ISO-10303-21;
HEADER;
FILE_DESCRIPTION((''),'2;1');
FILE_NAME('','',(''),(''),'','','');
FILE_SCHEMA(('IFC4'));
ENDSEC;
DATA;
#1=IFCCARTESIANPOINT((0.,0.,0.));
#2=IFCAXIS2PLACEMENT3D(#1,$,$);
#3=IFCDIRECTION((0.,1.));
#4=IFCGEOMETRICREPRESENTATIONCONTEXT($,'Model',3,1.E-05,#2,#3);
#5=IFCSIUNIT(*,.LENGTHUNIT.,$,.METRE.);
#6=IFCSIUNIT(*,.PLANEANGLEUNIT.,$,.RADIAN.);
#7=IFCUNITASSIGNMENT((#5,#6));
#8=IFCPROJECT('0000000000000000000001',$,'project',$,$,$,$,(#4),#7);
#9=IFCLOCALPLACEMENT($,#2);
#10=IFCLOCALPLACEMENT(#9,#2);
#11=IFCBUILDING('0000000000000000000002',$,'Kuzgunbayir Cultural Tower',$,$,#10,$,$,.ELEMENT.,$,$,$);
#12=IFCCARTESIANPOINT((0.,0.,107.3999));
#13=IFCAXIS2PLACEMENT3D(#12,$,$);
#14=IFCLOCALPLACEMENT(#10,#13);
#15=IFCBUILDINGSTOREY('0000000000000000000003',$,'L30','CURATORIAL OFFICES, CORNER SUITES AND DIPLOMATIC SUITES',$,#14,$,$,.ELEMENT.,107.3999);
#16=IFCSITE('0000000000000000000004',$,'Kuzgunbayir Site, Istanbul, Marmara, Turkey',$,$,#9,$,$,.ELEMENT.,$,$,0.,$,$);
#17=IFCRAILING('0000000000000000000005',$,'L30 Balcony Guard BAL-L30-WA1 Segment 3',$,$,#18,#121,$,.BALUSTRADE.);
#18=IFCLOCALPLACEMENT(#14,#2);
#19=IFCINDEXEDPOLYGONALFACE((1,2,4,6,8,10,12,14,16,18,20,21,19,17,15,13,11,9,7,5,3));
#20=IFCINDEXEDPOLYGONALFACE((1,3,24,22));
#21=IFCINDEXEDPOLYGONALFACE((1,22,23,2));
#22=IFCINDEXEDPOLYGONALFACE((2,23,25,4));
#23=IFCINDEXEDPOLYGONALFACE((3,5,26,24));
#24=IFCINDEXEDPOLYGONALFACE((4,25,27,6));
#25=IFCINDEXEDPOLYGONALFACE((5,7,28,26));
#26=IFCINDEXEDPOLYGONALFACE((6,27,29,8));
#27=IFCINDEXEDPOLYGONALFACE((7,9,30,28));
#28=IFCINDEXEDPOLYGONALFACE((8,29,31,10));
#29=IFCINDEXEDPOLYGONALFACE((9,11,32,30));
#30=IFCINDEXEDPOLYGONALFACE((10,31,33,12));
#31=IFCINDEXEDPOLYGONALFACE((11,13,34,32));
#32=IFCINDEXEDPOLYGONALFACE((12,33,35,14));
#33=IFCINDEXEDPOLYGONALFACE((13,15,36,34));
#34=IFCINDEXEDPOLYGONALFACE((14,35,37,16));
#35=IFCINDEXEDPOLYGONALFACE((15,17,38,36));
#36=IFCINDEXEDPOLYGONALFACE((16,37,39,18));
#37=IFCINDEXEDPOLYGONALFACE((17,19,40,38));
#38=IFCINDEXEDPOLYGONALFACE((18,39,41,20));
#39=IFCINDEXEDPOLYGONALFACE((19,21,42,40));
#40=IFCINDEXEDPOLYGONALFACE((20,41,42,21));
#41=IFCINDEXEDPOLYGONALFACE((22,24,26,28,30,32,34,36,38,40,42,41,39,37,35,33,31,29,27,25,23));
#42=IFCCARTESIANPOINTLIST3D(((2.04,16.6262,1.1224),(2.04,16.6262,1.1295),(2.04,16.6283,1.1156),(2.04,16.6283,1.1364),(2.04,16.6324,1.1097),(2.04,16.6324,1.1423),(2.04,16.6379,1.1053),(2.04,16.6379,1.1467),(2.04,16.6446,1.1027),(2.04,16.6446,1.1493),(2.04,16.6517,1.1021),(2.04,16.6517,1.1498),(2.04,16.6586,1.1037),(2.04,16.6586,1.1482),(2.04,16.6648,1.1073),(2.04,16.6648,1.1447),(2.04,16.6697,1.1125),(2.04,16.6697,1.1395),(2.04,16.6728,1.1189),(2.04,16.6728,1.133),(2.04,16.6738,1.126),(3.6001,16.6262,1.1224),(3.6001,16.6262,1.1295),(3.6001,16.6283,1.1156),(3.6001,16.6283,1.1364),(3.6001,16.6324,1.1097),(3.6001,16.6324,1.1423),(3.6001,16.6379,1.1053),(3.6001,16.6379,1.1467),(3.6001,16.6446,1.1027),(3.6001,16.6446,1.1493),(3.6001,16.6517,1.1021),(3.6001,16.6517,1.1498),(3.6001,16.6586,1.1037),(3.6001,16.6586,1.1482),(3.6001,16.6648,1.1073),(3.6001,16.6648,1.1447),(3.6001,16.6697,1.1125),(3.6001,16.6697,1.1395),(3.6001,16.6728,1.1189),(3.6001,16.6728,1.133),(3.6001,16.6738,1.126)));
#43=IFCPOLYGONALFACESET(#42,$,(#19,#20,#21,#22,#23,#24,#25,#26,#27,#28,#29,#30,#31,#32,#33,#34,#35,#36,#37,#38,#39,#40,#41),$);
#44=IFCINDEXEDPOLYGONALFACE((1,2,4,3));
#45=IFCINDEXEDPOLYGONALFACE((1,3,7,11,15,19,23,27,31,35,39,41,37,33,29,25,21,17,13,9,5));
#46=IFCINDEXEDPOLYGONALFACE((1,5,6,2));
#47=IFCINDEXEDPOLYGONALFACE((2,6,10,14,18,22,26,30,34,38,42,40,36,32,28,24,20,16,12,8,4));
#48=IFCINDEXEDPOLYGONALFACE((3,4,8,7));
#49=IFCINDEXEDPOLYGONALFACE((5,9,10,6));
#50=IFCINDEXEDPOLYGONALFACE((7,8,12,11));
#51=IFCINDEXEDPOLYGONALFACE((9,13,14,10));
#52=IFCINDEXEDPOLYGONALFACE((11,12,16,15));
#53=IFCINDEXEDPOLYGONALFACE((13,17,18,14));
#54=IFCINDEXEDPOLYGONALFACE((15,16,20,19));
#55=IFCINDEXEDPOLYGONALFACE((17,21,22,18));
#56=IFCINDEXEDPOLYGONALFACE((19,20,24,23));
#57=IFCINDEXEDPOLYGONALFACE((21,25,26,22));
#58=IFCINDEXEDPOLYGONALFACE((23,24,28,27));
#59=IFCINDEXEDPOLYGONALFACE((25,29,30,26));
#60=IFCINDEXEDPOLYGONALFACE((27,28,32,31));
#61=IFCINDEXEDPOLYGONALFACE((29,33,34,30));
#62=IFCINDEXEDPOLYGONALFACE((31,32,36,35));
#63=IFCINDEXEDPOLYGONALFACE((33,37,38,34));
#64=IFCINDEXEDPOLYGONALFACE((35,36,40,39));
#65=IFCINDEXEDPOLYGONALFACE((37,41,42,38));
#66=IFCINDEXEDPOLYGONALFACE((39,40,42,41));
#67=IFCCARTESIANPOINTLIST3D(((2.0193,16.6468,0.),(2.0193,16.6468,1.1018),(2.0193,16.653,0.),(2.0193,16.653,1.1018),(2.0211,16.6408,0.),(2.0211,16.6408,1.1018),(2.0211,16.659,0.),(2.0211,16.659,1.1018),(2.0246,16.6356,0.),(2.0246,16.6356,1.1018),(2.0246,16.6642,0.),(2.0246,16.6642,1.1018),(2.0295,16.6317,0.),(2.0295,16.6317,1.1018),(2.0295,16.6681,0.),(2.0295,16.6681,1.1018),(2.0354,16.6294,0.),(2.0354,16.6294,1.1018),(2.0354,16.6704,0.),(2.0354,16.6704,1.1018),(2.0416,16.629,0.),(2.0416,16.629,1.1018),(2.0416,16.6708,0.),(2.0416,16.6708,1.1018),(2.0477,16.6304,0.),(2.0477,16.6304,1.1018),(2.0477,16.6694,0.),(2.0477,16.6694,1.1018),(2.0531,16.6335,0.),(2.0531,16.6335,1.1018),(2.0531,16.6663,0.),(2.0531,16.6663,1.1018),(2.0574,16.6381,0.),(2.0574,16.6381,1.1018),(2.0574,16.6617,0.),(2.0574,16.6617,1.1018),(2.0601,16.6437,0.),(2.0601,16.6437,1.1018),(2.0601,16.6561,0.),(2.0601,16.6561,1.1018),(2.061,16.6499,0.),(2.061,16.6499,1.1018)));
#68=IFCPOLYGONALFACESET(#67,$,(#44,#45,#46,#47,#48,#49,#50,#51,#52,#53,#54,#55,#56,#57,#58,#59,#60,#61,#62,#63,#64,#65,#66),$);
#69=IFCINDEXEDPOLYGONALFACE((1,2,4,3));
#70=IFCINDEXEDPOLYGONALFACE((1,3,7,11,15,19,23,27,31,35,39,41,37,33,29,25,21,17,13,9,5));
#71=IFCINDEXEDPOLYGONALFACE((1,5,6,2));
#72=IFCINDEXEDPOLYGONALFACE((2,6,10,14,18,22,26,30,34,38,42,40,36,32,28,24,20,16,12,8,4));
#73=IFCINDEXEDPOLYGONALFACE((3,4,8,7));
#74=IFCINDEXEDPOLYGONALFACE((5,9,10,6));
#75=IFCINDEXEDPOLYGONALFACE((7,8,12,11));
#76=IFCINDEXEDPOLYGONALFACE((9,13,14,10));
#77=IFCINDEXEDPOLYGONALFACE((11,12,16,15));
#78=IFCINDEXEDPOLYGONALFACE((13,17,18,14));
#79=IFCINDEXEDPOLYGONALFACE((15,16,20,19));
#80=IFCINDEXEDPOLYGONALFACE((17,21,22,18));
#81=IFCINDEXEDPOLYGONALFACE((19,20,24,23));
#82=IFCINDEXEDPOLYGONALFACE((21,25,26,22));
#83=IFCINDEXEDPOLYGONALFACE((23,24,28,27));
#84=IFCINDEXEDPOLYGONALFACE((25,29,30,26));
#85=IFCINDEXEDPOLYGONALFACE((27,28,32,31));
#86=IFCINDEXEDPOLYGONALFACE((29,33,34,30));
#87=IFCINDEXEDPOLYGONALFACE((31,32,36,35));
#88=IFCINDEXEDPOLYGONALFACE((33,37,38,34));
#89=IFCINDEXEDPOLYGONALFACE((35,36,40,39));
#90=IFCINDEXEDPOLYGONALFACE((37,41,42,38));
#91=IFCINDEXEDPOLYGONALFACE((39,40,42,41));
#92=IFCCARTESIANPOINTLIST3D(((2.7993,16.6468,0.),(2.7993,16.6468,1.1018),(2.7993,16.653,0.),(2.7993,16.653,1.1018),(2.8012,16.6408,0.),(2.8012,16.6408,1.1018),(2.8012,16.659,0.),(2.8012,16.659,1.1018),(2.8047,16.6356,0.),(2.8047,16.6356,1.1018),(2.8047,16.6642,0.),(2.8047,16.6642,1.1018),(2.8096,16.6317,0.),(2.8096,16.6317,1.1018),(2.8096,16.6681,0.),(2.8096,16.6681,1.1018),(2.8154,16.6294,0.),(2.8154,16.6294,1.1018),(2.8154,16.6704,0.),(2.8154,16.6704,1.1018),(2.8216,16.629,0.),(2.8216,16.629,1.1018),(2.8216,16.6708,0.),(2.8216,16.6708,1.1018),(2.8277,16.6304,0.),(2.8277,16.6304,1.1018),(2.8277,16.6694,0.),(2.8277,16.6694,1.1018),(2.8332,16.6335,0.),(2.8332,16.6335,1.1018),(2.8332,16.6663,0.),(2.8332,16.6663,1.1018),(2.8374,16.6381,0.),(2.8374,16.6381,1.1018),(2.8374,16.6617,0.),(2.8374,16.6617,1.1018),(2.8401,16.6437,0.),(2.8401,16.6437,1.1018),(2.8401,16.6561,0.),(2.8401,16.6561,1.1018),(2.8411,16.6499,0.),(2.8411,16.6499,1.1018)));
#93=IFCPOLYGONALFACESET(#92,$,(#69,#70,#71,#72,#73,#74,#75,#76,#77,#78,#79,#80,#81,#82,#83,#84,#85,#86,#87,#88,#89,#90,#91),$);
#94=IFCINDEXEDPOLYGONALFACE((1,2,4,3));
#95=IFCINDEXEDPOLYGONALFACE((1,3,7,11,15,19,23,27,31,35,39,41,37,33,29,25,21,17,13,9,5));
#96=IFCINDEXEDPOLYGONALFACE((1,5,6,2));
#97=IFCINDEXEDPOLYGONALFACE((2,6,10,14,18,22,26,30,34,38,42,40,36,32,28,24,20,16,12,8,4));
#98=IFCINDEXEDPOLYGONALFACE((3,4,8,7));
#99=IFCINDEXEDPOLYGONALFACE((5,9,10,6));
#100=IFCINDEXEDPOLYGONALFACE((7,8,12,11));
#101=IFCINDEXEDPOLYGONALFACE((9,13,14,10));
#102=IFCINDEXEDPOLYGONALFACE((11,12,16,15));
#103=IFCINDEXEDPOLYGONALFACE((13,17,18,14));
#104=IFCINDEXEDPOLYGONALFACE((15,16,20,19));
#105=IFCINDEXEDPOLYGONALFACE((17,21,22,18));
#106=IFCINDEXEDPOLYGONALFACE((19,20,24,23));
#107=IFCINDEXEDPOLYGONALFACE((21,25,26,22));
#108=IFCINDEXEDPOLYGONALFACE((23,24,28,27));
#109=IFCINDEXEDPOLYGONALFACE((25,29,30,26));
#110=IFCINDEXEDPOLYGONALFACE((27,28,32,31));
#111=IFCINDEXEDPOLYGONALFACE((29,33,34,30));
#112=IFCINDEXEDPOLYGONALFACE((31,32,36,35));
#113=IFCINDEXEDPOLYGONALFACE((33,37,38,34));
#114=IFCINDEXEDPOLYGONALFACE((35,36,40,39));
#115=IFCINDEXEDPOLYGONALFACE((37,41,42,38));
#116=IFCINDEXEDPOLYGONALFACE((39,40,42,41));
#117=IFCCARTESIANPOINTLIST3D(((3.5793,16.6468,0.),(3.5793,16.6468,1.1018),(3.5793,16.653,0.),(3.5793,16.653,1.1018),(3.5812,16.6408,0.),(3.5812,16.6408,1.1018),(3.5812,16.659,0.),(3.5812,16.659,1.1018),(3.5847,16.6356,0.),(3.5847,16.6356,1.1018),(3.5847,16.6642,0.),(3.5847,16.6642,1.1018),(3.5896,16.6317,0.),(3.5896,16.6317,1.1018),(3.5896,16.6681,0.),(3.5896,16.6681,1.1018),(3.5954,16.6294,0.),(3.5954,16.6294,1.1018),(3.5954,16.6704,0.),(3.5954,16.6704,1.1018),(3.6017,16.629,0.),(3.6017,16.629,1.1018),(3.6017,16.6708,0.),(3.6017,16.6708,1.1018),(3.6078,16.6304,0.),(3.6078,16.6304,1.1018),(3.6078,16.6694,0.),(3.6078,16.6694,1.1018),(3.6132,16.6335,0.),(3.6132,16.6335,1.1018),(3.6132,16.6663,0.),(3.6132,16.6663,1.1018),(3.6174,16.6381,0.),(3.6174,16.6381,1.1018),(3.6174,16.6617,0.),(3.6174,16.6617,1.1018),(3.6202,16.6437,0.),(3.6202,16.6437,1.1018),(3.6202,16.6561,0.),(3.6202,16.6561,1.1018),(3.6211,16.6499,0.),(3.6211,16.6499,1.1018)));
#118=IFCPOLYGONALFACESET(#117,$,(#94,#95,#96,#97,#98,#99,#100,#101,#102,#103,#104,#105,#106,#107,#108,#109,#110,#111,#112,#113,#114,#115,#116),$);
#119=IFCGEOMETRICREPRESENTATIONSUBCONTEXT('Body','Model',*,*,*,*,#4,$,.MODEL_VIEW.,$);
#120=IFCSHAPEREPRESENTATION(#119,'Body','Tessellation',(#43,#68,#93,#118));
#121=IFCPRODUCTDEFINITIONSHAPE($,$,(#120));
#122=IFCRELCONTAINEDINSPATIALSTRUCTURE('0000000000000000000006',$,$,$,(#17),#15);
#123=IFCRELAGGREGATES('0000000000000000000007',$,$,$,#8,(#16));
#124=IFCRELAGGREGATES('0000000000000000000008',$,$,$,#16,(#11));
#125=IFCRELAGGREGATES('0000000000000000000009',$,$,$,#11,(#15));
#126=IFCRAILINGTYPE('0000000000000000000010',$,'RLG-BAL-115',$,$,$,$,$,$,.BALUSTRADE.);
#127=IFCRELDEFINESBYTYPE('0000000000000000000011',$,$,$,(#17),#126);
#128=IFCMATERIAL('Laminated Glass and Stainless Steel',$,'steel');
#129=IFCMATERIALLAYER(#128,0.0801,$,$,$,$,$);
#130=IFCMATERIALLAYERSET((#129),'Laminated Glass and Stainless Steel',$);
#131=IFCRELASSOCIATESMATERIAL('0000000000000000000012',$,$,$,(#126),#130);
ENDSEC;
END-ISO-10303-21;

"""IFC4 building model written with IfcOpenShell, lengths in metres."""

from ifc_helpers import new_model, si_unit, direction, frame, origin, origin_2d, place, context, subcontext, project, spatial, circle, extrude, material, layer, layer_set, type_object, element, save


model = new_model("IFC4")

# Units and contexts
model_context = context("Model", 3, precision=1e-05, world=origin(), true_north=direction((0.0, 1.0)))
body_context = subcontext(model_context, "Body", "Model", "MODEL_VIEW")
ifc_project = project(units=[si_unit("LENGTHUNIT", "METRE"), si_unit("PLANEANGLEUNIT", "RADIAN")], contexts=[model_context])

# Site, building, storey
site_placement = place(None, origin())
site = spatial("IfcSite", under=ifc_project, at=site_placement, Name="Kuzgunbayir Site, Istanbul, Marmara, Turkey", CompositionType="ELEMENT", RefElevation=0.0)
building_placement = place(site_placement, origin())
building = spatial("IfcBuilding", under=site, at=building_placement, Name="Kuzgunbayir Cultural Tower", CompositionType="ELEMENT")
storey_placement = place(building_placement, frame((0.0, 0.0, 107.3999)))
storey = spatial("IfcBuildingStorey", under=building, at=storey_placement, Name="L30", Description="CURATORIAL OFFICES, CORNER SUITES AND DIPLOMATIC SUITES", CompositionType="ELEMENT", Elevation=107.3999)

# Railing
ifc_material_1 = material(Name="Laminated Glass and Stainless Steel", Category="steel")
ifc_layer_1 = layer(ifc_material_1, 0.0801)
ifc_layer_set_1 = layer_set([ifc_layer_1], Name="Laminated Glass and Stainless Steel")
railing_type = type_object("IfcRailingType", Name="RLG-BAL-115", PredefinedType="BALUSTRADE", material=ifc_layer_set_1)
railing_1_placement = place(storey_placement, frame((2.04, 16.6499, 0.0)))
element("IfcRailing", 1, at=railing_1_placement, inside=storey, type_object=railing_type, Name="L30 Balcony Guard BAL-L30-WA1 Segment 3", PredefinedType="BALUSTRADE", context=body_context, shape_type="SweptSolid", body=[
    extrude(circle(Radius=0.0239, at=origin_2d()), frame((0.0, 0.0, 1.126), z_axis=(1.0, 0.0, 0.0), x_axis=(0.0, 1.0, 0.0)), (0.0, 0.0, 1.0), 1.5601),
    extrude(circle(Radius=0.021, at=origin_2d()), origin(), (0.0, 0.0, 1.0), 1.1018),
    extrude(circle(Radius=0.021, at=origin_2d()), frame((0.78, 0.0, 0.0)), (0.0, 0.0, 1.0), 1.1018),
    extrude(circle(Radius=0.021, at=origin_2d()), frame((1.5601, 0.0, 0.0)), (0.0, 0.0, 1.0), 1.1018),
])

save(model, "model.ifc")
